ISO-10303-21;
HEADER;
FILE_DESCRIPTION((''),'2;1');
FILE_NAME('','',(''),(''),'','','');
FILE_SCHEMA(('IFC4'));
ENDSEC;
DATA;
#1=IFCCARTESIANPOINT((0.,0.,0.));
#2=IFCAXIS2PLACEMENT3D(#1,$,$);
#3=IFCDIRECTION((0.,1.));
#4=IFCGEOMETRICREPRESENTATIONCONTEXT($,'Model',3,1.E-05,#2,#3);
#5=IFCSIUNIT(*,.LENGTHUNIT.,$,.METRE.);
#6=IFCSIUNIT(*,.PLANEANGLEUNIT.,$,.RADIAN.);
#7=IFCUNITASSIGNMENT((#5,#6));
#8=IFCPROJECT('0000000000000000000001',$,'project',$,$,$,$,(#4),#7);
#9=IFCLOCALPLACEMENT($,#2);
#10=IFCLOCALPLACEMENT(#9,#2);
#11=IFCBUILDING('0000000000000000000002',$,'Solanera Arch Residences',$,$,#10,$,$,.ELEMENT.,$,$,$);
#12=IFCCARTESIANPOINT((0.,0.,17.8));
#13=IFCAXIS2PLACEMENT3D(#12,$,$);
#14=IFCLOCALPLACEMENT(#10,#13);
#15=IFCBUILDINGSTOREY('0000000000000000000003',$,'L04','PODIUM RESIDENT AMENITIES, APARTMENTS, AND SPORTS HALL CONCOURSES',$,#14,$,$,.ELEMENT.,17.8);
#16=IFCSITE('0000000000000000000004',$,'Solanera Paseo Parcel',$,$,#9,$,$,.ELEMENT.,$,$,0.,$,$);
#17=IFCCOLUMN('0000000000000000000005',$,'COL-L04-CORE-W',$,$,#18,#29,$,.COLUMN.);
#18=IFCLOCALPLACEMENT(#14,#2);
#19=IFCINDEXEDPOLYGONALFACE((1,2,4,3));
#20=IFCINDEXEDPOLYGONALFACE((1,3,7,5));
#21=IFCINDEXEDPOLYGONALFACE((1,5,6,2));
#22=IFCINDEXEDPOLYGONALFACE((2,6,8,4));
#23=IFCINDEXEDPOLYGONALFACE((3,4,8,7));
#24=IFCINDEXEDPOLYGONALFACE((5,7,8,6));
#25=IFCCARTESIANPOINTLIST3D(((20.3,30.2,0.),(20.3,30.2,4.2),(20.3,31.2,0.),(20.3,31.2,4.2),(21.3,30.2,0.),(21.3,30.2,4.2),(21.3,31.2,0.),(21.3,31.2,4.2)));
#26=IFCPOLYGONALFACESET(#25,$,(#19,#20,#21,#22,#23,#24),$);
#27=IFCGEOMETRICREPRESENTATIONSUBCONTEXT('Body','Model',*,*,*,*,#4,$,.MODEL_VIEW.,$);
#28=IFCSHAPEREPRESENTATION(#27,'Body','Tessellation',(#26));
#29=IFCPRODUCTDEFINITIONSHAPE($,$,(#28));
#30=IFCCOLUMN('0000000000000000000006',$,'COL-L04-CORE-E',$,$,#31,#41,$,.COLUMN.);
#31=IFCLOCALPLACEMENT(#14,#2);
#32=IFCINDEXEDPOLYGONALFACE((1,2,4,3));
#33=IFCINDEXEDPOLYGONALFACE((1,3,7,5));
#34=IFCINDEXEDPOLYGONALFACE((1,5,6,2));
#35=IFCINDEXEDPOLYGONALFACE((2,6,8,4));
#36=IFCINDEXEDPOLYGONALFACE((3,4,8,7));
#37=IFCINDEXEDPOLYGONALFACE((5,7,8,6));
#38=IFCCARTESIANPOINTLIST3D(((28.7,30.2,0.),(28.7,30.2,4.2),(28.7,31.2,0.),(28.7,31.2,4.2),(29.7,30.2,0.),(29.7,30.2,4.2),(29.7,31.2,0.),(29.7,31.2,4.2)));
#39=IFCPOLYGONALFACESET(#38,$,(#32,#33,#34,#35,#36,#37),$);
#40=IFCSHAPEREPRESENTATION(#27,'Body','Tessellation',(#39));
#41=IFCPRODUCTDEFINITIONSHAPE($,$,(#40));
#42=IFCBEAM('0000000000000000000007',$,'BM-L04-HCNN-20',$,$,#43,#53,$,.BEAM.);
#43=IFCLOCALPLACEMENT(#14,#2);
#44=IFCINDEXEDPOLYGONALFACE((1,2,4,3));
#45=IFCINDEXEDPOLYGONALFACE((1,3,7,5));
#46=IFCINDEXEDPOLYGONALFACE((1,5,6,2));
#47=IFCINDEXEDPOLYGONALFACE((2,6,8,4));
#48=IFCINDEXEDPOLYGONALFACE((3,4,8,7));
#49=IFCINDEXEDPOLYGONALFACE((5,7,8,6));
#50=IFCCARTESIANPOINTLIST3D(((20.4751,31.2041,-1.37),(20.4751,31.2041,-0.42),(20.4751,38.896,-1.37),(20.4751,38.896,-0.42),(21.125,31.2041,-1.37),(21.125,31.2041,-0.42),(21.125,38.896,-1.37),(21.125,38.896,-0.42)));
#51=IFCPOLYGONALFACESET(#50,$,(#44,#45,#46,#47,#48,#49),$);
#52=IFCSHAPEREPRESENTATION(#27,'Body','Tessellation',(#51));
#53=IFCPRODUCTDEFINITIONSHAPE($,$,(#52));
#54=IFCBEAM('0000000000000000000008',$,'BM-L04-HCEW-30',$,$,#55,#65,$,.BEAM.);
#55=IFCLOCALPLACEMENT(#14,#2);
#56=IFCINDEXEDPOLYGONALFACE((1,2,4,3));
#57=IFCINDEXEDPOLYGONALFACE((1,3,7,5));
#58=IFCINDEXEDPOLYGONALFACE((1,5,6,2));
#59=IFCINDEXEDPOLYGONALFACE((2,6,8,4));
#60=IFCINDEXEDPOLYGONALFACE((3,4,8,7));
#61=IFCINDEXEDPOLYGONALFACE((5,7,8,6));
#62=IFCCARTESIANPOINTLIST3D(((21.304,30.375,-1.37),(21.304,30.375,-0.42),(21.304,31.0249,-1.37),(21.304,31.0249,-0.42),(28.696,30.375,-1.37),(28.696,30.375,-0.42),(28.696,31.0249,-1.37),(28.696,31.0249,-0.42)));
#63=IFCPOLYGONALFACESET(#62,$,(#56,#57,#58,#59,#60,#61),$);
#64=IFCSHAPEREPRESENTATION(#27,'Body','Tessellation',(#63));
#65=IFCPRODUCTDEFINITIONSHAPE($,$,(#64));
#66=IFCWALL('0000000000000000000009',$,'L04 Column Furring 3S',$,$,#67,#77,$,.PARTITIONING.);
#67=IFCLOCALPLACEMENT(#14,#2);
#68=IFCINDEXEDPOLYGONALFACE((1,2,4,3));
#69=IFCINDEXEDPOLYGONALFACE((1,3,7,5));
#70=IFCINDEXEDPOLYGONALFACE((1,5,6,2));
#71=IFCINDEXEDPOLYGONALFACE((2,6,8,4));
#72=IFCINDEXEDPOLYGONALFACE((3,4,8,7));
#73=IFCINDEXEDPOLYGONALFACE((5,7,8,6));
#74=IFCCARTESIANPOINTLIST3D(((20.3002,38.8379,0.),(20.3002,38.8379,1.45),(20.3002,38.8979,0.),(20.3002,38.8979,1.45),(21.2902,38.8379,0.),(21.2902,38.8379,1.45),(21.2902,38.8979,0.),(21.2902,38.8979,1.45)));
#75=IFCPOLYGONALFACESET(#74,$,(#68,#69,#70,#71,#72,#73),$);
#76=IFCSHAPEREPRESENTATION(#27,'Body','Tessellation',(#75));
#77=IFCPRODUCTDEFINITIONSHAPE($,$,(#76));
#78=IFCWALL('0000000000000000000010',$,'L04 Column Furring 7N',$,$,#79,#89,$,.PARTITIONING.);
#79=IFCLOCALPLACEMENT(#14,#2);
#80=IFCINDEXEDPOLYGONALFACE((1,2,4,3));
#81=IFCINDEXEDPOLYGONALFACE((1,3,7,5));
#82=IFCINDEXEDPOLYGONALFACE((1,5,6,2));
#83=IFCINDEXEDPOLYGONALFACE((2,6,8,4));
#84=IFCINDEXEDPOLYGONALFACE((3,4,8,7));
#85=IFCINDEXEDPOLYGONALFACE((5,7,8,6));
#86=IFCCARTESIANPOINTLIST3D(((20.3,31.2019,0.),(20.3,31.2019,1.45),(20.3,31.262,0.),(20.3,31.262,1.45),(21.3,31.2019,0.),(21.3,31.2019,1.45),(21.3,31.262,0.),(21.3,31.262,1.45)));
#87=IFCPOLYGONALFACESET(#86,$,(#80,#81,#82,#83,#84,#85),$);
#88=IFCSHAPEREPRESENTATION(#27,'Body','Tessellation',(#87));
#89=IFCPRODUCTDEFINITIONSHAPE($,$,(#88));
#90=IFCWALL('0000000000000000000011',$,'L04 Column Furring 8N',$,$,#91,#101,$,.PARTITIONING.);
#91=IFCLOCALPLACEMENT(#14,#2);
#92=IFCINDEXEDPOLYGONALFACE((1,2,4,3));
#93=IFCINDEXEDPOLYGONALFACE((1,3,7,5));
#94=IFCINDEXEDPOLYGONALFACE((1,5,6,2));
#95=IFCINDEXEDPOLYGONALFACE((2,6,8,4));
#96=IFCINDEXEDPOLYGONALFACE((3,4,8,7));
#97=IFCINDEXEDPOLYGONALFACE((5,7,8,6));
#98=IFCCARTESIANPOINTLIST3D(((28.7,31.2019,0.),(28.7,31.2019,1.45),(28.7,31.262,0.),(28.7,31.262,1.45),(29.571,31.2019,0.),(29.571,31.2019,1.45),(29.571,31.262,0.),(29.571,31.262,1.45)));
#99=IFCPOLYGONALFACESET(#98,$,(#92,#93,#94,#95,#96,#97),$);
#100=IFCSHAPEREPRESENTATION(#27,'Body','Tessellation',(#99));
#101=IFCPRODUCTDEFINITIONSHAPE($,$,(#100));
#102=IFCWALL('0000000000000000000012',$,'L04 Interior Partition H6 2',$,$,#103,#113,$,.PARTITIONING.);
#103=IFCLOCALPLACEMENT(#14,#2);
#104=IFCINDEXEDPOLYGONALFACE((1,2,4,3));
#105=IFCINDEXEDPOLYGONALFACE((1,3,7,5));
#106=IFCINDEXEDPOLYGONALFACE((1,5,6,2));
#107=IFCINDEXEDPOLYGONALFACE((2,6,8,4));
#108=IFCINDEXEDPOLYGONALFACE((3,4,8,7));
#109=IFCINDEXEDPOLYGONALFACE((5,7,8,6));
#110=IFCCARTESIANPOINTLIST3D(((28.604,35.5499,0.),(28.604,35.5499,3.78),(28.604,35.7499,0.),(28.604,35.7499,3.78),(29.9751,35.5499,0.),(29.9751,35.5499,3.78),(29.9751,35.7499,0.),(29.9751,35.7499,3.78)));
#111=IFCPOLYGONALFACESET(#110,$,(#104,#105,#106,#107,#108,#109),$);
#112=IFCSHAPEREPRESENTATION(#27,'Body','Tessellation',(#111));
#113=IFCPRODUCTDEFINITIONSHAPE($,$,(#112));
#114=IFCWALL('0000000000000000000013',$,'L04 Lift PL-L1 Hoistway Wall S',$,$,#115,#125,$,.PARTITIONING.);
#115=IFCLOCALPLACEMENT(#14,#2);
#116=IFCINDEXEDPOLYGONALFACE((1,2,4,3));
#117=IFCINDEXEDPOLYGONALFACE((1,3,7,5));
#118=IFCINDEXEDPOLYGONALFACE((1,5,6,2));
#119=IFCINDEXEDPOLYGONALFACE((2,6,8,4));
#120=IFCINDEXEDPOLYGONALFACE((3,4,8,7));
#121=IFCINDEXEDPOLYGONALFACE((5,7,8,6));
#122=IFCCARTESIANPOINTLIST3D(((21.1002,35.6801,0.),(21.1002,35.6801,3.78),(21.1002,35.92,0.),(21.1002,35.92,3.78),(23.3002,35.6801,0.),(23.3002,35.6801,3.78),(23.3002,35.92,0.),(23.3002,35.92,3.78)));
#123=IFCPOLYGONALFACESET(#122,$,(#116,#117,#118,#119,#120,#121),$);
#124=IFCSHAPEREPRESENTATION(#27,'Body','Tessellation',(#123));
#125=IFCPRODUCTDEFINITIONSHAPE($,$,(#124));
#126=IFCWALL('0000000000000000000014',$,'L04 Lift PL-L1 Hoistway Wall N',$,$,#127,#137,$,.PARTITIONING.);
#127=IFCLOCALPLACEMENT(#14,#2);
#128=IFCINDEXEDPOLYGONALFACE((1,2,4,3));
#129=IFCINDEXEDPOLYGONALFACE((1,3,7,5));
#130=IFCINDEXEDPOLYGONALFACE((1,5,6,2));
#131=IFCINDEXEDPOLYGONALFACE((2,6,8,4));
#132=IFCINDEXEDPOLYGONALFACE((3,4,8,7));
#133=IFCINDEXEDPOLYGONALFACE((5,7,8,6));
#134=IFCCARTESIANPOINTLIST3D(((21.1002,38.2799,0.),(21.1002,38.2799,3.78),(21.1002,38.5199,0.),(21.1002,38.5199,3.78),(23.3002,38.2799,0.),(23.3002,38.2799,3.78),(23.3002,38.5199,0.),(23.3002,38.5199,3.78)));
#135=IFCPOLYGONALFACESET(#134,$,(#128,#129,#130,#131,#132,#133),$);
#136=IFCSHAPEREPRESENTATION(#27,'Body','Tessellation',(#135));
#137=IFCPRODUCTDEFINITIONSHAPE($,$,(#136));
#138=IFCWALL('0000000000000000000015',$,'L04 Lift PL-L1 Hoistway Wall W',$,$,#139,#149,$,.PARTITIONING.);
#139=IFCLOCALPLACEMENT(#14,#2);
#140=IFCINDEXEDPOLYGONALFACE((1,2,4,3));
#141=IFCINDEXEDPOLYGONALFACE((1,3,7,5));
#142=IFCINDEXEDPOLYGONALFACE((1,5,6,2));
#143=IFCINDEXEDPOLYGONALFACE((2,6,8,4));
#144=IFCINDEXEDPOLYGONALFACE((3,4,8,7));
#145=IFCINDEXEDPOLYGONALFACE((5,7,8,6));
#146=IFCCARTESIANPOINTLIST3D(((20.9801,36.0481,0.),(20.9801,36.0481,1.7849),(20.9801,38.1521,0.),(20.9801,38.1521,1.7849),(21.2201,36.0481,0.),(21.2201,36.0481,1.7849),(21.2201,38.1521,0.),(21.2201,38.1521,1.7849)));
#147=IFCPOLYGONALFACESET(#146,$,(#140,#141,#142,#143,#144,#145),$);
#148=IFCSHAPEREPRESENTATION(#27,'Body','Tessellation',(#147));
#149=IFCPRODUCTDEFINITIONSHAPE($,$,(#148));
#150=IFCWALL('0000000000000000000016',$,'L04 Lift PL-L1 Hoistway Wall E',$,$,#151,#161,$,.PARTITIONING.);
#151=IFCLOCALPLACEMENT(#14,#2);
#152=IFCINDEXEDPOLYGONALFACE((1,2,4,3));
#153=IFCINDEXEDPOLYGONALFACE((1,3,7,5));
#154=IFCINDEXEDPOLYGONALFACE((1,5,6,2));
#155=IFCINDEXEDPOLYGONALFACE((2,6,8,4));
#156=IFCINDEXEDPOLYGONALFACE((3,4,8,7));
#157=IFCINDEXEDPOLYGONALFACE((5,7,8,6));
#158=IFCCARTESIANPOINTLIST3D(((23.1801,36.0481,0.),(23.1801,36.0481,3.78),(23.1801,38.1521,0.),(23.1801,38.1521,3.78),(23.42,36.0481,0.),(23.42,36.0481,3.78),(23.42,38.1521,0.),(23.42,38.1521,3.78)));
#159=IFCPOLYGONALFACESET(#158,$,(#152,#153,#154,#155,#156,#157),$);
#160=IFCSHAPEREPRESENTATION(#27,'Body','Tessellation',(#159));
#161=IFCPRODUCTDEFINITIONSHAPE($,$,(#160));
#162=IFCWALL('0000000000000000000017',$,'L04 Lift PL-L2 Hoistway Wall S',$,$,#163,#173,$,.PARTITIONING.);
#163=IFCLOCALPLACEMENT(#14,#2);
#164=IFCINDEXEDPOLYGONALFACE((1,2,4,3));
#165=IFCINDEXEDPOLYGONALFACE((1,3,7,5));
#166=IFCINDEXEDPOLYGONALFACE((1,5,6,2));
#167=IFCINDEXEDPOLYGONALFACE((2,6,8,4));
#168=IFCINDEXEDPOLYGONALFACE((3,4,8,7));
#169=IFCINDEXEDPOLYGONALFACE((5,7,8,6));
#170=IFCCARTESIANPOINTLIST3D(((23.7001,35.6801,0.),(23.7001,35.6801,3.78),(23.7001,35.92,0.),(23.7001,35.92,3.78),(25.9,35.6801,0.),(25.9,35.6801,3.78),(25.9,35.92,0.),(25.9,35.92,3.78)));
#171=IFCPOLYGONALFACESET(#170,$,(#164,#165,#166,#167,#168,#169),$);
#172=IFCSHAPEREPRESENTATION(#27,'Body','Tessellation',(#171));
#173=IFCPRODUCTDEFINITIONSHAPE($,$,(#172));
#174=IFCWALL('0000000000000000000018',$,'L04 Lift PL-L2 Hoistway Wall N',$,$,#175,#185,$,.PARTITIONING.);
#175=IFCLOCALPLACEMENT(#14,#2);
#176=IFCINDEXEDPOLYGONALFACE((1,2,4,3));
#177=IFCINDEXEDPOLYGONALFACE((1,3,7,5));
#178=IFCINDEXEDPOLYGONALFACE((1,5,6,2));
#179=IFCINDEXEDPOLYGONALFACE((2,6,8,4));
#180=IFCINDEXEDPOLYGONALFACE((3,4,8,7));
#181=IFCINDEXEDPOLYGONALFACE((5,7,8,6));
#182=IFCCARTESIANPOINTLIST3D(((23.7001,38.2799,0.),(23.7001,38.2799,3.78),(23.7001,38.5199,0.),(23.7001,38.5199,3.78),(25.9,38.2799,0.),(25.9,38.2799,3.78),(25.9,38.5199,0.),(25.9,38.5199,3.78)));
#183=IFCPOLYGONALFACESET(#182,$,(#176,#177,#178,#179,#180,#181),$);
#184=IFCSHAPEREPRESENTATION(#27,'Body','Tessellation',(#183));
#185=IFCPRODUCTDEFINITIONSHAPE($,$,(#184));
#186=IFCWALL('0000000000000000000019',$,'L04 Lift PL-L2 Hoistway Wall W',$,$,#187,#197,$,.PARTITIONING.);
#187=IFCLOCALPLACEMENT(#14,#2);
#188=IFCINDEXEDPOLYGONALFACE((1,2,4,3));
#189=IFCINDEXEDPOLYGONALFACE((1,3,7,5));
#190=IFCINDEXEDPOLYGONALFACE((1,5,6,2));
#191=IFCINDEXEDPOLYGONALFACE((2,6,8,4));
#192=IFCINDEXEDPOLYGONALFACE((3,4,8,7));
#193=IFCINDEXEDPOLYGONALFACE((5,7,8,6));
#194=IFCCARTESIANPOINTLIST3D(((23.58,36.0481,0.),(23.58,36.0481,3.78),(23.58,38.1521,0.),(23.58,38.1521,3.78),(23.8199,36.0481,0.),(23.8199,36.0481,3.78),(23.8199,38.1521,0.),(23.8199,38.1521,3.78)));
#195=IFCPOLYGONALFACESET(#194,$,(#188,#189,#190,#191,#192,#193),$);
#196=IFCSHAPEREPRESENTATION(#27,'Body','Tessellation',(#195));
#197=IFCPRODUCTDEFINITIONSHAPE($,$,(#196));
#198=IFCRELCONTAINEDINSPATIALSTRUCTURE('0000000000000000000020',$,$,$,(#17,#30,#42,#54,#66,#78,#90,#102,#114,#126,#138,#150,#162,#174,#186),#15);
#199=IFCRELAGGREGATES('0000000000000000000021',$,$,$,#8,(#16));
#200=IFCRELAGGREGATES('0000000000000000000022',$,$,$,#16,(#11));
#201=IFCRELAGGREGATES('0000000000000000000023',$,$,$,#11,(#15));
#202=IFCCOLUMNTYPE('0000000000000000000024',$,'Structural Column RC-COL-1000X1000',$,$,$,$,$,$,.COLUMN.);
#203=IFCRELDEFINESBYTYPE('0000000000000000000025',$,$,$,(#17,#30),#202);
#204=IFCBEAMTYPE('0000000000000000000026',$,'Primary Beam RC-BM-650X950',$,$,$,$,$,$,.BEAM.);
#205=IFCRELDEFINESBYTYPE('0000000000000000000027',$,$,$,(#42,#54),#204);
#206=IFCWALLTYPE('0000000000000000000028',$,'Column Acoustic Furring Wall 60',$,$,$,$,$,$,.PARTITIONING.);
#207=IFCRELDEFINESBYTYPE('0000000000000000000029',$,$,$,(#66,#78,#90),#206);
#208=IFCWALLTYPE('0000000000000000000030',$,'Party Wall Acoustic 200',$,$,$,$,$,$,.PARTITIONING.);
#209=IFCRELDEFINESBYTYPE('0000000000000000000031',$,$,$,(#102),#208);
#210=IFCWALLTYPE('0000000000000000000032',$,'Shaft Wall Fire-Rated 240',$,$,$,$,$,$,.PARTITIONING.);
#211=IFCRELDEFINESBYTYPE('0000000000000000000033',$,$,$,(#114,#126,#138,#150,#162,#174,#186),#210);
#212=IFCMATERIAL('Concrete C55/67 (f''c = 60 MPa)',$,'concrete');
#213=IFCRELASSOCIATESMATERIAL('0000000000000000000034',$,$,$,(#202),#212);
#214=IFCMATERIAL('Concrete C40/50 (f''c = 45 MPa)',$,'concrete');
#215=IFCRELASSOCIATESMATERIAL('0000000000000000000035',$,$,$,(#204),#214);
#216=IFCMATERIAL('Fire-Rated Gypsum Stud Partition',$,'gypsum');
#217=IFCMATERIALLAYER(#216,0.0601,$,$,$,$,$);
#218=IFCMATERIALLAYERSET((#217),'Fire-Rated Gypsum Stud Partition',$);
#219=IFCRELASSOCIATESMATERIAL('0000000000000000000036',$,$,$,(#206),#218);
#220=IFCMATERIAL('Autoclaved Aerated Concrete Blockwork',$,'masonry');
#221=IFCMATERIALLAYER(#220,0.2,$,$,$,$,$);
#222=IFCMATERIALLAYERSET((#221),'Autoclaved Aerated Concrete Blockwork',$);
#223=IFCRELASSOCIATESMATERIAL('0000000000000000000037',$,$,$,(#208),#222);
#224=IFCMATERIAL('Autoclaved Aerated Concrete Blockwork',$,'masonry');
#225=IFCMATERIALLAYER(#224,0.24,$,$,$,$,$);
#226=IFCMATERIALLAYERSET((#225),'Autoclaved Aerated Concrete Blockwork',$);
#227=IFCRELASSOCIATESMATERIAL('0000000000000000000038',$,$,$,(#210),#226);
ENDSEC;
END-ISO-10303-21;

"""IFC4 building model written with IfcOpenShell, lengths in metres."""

from ifc_helpers import new_model, si_unit, direction, frame, frame_2d, origin, origin_2d, place, context, subcontext, project, spatial, rectangle, extrude, material, layer, layer_set, material_profile, profile_set, type_object, element, save


model = new_model("IFC4")

# Units and contexts
model_context = context("Model", 3, precision=1e-05, world=origin(), true_north=direction((0.0, 1.0)))
body_context = subcontext(model_context, "Body", "Model", "MODEL_VIEW")
ifc_project = project(units=[si_unit("LENGTHUNIT", "METRE"), si_unit("PLANEANGLEUNIT", "RADIAN")], contexts=[model_context])

# Site, building, storey
site_placement = place(None, origin())
site = spatial("IfcSite", under=ifc_project, at=site_placement, Name="Solanera Paseo Parcel", CompositionType="ELEMENT", RefElevation=0.0)
building_placement = place(site_placement, origin())
building = spatial("IfcBuilding", under=site, at=building_placement, Name="Solanera Arch Residences", CompositionType="ELEMENT")
storey_placement = place(building_placement, frame((0.0, 0.0, 17.8)))
storey = spatial("IfcBuildingStorey", under=building, at=storey_placement, Name="L04", Description="PODIUM RESIDENT AMENITIES, APARTMENTS, AND SPORTS HALL CONCOURSES", CompositionType="ELEMENT", Elevation=17.8)

# Columns
ifc_material_1 = material(Name="Concrete C55/67 (f'c = 60 MPa)", Category="concrete")
ifc_material_profile_1 = material_profile(ifc_material_1, rectangle(XDim=1.0, YDim=1.0, at=origin_2d()))
ifc_profile_set_1 = profile_set([ifc_material_profile_1], Name="Concrete C55/67 (f'c = 60 MPa)")
column_type = type_object("IfcColumnType", Name="Structural Column RC-COL-1000X1000", PredefinedType="COLUMN", material=ifc_profile_set_1)
for number, where, z_axis, x_axis, name in (
    (1, (20.8, 30.7, 0.0), (0.0, 0.0, 1.0), (1.0, 0.0, 0.0), "COL-L04-CORE-W"),
    (2, (29.2, 30.7, 0.0), (0.0, 0.0, 1.0), (1.0, 0.0, 0.0), "COL-L04-CORE-E"),
):
    element("IfcColumn", number, at=place(storey_placement, frame(where, z_axis=z_axis, x_axis=x_axis)), inside=storey, type_object=column_type, Name=name, PredefinedType="COLUMN", context=body_context, shape_type="SweptSolid", body=[
        extrude(rectangle(XDim=1.0, YDim=1.0, at=origin_2d()), origin(), (0.0, 0.0, 1.0), 4.2),
    ])

# Beams
ifc_material_2 = material(Name="Concrete C40/50 (f'c = 45 MPa)", Category="concrete")
ifc_material_profile_2 = material_profile(ifc_material_2, rectangle(XDim=0.6499, YDim=0.95, at=origin_2d()))
ifc_profile_set_2 = profile_set([ifc_material_profile_2], Name="Concrete C40/50 (f'c = 45 MPa)")
beam_type = type_object("IfcBeamType", Name="Primary Beam RC-BM-650X950", PredefinedType="BEAM", material=ifc_profile_set_2)
beam_1_placement = place(storey_placement, frame((20.8, 31.2041, -0.895), z_axis=(0.0, 1.0, 0.0), x_axis=(-1.0, 0.0, 0.0)))
element("IfcBeam", 3, at=beam_1_placement, inside=storey, type_object=beam_type, Name="BM-L04-HCNN-20", PredefinedType="BEAM", context=body_context, shape_type="SweptSolid", body=[
    extrude(rectangle(XDim=0.6499, YDim=0.95, at=origin_2d()), origin(), (0.0, 0.0, 1.0), 7.6919),
])
beam_2_placement = place(storey_placement, frame((21.304, 30.7, -0.895), z_axis=(1.0, 0.0, 0.0), x_axis=(0.0, 1.0, 0.0)))
element("IfcBeam", 4, at=beam_2_placement, inside=storey, type_object=beam_type, Name="BM-L04-HCEW-30", PredefinedType="BEAM", context=body_context, shape_type="SweptSolid", body=[
    extrude(rectangle(XDim=0.6499, YDim=0.95, at=origin_2d()), origin(), (0.0, 0.0, 1.0), 7.3921),
])

# Walls
ifc_material_3 = material(Name="Fire-Rated Gypsum Stud Partition", Category="gypsum")
ifc_layer_1 = layer(ifc_material_3, 0.0601)
ifc_layer_set_1 = layer_set([ifc_layer_1], Name="Fire-Rated Gypsum Stud Partition")
wall_type_1 = type_object("IfcWallType", Name="Column Acoustic Furring Wall 60", PredefinedType="PARTITIONING", material=ifc_layer_set_1)
wall_1_placement = place(storey_placement, frame((20.3, 38.8679, 0.0), z_axis=(0.0, 0.0, 1.0), x_axis=(1.0, 0.0, 0.0)))
element("IfcWall", 5, at=wall_1_placement, inside=storey, type_object=wall_type_1, Name="L04 Column Furring 3S", PredefinedType="PARTITIONING", context=body_context, shape_type="SweptSolid", body=[
    extrude(rectangle(XDim=0.99, YDim=0.0601, at=frame_2d((0.4951, 0.0))), origin(), (0.0, 0.0, 1.0), 1.45),
])
wall_2_placement = place(storey_placement, frame((20.3, 31.2319, 0.0), z_axis=(0.0, 0.0, 1.0), x_axis=(1.0, 0.0, 0.0)))
element("IfcWall", 6, at=wall_2_placement, inside=storey, type_object=wall_type_1, Name="L04 Column Furring 7N", PredefinedType="PARTITIONING", context=body_context, shape_type="SweptSolid", body=[
    extrude(rectangle(XDim=1.0, YDim=0.0601, at=frame_2d((0.5, 0.0))), origin(), (0.0, 0.0, 1.0), 1.45),
])
wall_3_placement = place(storey_placement, frame((28.7, 31.2319, 0.0), z_axis=(0.0, 0.0, 1.0), x_axis=(1.0, 0.0, 0.0)))
element("IfcWall", 7, at=wall_3_placement, inside=storey, type_object=wall_type_1, Name="L04 Column Furring 8N", PredefinedType="PARTITIONING", context=body_context, shape_type="SweptSolid", body=[
    extrude(rectangle(XDim=0.8711, YDim=0.0601, at=frame_2d((0.4355, 0.0))), origin(), (0.0, 0.0, 1.0), 1.45),
])
ifc_material_4 = material(Name="Autoclaved Aerated Concrete Blockwork", Category="masonry")
ifc_layer_2 = layer(ifc_material_4, 0.2)
ifc_layer_set_2 = layer_set([ifc_layer_2], Name="Autoclaved Aerated Concrete Blockwork")
wall_type_2 = type_object("IfcWallType", Name="Party Wall Acoustic 200", PredefinedType="PARTITIONING", material=ifc_layer_set_2)
wall_4_placement = place(storey_placement, frame((28.604, 35.6499, 0.0), z_axis=(0.0, 0.0, 1.0), x_axis=(1.0, 0.0, 0.0)))
element("IfcWall", 8, at=wall_4_placement, inside=storey, type_object=wall_type_2, Name="L04 Interior Partition H6 2", PredefinedType="PARTITIONING", context=body_context, shape_type="SweptSolid", body=[
    extrude(rectangle(XDim=1.3711, YDim=0.2, at=frame_2d((0.6855, 0.0))), origin(), (0.0, 0.0, 1.0), 3.78),
])
ifc_material_5 = material(Name="Autoclaved Aerated Concrete Blockwork", Category="masonry")
ifc_layer_3 = layer(ifc_material_5, 0.24)
ifc_layer_set_3 = layer_set([ifc_layer_3], Name="Autoclaved Aerated Concrete Blockwork")
wall_type_3 = type_object("IfcWallType", Name="Shaft Wall Fire-Rated 240", PredefinedType="PARTITIONING", material=ifc_layer_set_3)
for number, where, z_axis, x_axis, name in (
    (9, (21.1001, 35.8, 0.0), (0.0, 0.0, 1.0), (1.0, 0.0, 0.0), "L04 Lift PL-L1 Hoistway Wall S"),
    (10, (21.1001, 38.3999, 0.0), (0.0, 0.0, 1.0), (1.0, 0.0, 0.0), "L04 Lift PL-L1 Hoistway Wall N"),
):
    element("IfcWall", number, at=place(storey_placement, frame(where, z_axis=z_axis, x_axis=x_axis)), inside=storey, type_object=wall_type_3, Name=name, PredefinedType="PARTITIONING", context=body_context, shape_type="SweptSolid", body=[
        extrude(rectangle(XDim=2.2, YDim=0.24, at=frame_2d((1.1001, 0.0))), origin(), (0.0, 0.0, 1.0), 3.78),
    ])
wall_5_placement = place(storey_placement, frame((21.1001, 36.0481, 0.0), z_axis=(0.0, 0.0, 1.0), x_axis=(0.0, 1.0, 0.0)))
element("IfcWall", 11, at=wall_5_placement, inside=storey, type_object=wall_type_3, Name="L04 Lift PL-L1 Hoistway Wall W", PredefinedType="PARTITIONING", context=body_context, shape_type="SweptSolid", body=[
    extrude(rectangle(XDim=2.104, YDim=0.24, at=frame_2d((1.052, 0.0))), origin(), (0.0, 0.0, 1.0), 1.7849),
])
wall_6_placement = place(storey_placement, frame((23.3, 36.0481, 0.0), z_axis=(0.0, 0.0, 1.0), x_axis=(0.0, 1.0, 0.0)))
element("IfcWall", 12, at=wall_6_placement, inside=storey, type_object=wall_type_3, Name="L04 Lift PL-L1 Hoistway Wall E", PredefinedType="PARTITIONING", context=body_context, shape_type="SweptSolid", body=[
    extrude(rectangle(XDim=2.104, YDim=0.24, at=frame_2d((1.052, 0.0))), origin(), (0.0, 0.0, 1.0), 3.78),
])
for number, where, z_axis, x_axis, name in (
    (13, (23.7, 35.8, 0.0), (0.0, 0.0, 1.0), (1.0, 0.0, 0.0), "L04 Lift PL-L2 Hoistway Wall S"),
    (14, (23.7, 38.3999, 0.0), (0.0, 0.0, 1.0), (1.0, 0.0, 0.0), "L04 Lift PL-L2 Hoistway Wall N"),
):
    element("IfcWall", number, at=place(storey_placement, frame(where, z_axis=z_axis, x_axis=x_axis)), inside=storey, type_object=wall_type_3, Name=name, PredefinedType="PARTITIONING", context=body_context, shape_type="SweptSolid", body=[
        extrude(rectangle(XDim=2.2, YDim=0.24, at=frame_2d((1.1001, 0.0))), origin(), (0.0, 0.0, 1.0), 3.78),
    ])
for number, where, z_axis, x_axis, name in (
    (15, (23.7, 36.0481, 0.0), (0.0, 0.0, 1.0), (0.0, 1.0, 0.0), "L04 Lift PL-L2 Hoistway Wall W"),
):
    element("IfcWall", number, at=place(storey_placement, frame(where, z_axis=z_axis, x_axis=x_axis)), inside=storey, type_object=wall_type_3, Name=name, PredefinedType="PARTITIONING", context=body_context, shape_type="SweptSolid", body=[
        extrude(rectangle(XDim=2.104, YDim=0.24, at=frame_2d((1.052, 0.0))), origin(), (0.0, 0.0, 1.0), 3.78),
    ])

save(model, "model.ifc")
